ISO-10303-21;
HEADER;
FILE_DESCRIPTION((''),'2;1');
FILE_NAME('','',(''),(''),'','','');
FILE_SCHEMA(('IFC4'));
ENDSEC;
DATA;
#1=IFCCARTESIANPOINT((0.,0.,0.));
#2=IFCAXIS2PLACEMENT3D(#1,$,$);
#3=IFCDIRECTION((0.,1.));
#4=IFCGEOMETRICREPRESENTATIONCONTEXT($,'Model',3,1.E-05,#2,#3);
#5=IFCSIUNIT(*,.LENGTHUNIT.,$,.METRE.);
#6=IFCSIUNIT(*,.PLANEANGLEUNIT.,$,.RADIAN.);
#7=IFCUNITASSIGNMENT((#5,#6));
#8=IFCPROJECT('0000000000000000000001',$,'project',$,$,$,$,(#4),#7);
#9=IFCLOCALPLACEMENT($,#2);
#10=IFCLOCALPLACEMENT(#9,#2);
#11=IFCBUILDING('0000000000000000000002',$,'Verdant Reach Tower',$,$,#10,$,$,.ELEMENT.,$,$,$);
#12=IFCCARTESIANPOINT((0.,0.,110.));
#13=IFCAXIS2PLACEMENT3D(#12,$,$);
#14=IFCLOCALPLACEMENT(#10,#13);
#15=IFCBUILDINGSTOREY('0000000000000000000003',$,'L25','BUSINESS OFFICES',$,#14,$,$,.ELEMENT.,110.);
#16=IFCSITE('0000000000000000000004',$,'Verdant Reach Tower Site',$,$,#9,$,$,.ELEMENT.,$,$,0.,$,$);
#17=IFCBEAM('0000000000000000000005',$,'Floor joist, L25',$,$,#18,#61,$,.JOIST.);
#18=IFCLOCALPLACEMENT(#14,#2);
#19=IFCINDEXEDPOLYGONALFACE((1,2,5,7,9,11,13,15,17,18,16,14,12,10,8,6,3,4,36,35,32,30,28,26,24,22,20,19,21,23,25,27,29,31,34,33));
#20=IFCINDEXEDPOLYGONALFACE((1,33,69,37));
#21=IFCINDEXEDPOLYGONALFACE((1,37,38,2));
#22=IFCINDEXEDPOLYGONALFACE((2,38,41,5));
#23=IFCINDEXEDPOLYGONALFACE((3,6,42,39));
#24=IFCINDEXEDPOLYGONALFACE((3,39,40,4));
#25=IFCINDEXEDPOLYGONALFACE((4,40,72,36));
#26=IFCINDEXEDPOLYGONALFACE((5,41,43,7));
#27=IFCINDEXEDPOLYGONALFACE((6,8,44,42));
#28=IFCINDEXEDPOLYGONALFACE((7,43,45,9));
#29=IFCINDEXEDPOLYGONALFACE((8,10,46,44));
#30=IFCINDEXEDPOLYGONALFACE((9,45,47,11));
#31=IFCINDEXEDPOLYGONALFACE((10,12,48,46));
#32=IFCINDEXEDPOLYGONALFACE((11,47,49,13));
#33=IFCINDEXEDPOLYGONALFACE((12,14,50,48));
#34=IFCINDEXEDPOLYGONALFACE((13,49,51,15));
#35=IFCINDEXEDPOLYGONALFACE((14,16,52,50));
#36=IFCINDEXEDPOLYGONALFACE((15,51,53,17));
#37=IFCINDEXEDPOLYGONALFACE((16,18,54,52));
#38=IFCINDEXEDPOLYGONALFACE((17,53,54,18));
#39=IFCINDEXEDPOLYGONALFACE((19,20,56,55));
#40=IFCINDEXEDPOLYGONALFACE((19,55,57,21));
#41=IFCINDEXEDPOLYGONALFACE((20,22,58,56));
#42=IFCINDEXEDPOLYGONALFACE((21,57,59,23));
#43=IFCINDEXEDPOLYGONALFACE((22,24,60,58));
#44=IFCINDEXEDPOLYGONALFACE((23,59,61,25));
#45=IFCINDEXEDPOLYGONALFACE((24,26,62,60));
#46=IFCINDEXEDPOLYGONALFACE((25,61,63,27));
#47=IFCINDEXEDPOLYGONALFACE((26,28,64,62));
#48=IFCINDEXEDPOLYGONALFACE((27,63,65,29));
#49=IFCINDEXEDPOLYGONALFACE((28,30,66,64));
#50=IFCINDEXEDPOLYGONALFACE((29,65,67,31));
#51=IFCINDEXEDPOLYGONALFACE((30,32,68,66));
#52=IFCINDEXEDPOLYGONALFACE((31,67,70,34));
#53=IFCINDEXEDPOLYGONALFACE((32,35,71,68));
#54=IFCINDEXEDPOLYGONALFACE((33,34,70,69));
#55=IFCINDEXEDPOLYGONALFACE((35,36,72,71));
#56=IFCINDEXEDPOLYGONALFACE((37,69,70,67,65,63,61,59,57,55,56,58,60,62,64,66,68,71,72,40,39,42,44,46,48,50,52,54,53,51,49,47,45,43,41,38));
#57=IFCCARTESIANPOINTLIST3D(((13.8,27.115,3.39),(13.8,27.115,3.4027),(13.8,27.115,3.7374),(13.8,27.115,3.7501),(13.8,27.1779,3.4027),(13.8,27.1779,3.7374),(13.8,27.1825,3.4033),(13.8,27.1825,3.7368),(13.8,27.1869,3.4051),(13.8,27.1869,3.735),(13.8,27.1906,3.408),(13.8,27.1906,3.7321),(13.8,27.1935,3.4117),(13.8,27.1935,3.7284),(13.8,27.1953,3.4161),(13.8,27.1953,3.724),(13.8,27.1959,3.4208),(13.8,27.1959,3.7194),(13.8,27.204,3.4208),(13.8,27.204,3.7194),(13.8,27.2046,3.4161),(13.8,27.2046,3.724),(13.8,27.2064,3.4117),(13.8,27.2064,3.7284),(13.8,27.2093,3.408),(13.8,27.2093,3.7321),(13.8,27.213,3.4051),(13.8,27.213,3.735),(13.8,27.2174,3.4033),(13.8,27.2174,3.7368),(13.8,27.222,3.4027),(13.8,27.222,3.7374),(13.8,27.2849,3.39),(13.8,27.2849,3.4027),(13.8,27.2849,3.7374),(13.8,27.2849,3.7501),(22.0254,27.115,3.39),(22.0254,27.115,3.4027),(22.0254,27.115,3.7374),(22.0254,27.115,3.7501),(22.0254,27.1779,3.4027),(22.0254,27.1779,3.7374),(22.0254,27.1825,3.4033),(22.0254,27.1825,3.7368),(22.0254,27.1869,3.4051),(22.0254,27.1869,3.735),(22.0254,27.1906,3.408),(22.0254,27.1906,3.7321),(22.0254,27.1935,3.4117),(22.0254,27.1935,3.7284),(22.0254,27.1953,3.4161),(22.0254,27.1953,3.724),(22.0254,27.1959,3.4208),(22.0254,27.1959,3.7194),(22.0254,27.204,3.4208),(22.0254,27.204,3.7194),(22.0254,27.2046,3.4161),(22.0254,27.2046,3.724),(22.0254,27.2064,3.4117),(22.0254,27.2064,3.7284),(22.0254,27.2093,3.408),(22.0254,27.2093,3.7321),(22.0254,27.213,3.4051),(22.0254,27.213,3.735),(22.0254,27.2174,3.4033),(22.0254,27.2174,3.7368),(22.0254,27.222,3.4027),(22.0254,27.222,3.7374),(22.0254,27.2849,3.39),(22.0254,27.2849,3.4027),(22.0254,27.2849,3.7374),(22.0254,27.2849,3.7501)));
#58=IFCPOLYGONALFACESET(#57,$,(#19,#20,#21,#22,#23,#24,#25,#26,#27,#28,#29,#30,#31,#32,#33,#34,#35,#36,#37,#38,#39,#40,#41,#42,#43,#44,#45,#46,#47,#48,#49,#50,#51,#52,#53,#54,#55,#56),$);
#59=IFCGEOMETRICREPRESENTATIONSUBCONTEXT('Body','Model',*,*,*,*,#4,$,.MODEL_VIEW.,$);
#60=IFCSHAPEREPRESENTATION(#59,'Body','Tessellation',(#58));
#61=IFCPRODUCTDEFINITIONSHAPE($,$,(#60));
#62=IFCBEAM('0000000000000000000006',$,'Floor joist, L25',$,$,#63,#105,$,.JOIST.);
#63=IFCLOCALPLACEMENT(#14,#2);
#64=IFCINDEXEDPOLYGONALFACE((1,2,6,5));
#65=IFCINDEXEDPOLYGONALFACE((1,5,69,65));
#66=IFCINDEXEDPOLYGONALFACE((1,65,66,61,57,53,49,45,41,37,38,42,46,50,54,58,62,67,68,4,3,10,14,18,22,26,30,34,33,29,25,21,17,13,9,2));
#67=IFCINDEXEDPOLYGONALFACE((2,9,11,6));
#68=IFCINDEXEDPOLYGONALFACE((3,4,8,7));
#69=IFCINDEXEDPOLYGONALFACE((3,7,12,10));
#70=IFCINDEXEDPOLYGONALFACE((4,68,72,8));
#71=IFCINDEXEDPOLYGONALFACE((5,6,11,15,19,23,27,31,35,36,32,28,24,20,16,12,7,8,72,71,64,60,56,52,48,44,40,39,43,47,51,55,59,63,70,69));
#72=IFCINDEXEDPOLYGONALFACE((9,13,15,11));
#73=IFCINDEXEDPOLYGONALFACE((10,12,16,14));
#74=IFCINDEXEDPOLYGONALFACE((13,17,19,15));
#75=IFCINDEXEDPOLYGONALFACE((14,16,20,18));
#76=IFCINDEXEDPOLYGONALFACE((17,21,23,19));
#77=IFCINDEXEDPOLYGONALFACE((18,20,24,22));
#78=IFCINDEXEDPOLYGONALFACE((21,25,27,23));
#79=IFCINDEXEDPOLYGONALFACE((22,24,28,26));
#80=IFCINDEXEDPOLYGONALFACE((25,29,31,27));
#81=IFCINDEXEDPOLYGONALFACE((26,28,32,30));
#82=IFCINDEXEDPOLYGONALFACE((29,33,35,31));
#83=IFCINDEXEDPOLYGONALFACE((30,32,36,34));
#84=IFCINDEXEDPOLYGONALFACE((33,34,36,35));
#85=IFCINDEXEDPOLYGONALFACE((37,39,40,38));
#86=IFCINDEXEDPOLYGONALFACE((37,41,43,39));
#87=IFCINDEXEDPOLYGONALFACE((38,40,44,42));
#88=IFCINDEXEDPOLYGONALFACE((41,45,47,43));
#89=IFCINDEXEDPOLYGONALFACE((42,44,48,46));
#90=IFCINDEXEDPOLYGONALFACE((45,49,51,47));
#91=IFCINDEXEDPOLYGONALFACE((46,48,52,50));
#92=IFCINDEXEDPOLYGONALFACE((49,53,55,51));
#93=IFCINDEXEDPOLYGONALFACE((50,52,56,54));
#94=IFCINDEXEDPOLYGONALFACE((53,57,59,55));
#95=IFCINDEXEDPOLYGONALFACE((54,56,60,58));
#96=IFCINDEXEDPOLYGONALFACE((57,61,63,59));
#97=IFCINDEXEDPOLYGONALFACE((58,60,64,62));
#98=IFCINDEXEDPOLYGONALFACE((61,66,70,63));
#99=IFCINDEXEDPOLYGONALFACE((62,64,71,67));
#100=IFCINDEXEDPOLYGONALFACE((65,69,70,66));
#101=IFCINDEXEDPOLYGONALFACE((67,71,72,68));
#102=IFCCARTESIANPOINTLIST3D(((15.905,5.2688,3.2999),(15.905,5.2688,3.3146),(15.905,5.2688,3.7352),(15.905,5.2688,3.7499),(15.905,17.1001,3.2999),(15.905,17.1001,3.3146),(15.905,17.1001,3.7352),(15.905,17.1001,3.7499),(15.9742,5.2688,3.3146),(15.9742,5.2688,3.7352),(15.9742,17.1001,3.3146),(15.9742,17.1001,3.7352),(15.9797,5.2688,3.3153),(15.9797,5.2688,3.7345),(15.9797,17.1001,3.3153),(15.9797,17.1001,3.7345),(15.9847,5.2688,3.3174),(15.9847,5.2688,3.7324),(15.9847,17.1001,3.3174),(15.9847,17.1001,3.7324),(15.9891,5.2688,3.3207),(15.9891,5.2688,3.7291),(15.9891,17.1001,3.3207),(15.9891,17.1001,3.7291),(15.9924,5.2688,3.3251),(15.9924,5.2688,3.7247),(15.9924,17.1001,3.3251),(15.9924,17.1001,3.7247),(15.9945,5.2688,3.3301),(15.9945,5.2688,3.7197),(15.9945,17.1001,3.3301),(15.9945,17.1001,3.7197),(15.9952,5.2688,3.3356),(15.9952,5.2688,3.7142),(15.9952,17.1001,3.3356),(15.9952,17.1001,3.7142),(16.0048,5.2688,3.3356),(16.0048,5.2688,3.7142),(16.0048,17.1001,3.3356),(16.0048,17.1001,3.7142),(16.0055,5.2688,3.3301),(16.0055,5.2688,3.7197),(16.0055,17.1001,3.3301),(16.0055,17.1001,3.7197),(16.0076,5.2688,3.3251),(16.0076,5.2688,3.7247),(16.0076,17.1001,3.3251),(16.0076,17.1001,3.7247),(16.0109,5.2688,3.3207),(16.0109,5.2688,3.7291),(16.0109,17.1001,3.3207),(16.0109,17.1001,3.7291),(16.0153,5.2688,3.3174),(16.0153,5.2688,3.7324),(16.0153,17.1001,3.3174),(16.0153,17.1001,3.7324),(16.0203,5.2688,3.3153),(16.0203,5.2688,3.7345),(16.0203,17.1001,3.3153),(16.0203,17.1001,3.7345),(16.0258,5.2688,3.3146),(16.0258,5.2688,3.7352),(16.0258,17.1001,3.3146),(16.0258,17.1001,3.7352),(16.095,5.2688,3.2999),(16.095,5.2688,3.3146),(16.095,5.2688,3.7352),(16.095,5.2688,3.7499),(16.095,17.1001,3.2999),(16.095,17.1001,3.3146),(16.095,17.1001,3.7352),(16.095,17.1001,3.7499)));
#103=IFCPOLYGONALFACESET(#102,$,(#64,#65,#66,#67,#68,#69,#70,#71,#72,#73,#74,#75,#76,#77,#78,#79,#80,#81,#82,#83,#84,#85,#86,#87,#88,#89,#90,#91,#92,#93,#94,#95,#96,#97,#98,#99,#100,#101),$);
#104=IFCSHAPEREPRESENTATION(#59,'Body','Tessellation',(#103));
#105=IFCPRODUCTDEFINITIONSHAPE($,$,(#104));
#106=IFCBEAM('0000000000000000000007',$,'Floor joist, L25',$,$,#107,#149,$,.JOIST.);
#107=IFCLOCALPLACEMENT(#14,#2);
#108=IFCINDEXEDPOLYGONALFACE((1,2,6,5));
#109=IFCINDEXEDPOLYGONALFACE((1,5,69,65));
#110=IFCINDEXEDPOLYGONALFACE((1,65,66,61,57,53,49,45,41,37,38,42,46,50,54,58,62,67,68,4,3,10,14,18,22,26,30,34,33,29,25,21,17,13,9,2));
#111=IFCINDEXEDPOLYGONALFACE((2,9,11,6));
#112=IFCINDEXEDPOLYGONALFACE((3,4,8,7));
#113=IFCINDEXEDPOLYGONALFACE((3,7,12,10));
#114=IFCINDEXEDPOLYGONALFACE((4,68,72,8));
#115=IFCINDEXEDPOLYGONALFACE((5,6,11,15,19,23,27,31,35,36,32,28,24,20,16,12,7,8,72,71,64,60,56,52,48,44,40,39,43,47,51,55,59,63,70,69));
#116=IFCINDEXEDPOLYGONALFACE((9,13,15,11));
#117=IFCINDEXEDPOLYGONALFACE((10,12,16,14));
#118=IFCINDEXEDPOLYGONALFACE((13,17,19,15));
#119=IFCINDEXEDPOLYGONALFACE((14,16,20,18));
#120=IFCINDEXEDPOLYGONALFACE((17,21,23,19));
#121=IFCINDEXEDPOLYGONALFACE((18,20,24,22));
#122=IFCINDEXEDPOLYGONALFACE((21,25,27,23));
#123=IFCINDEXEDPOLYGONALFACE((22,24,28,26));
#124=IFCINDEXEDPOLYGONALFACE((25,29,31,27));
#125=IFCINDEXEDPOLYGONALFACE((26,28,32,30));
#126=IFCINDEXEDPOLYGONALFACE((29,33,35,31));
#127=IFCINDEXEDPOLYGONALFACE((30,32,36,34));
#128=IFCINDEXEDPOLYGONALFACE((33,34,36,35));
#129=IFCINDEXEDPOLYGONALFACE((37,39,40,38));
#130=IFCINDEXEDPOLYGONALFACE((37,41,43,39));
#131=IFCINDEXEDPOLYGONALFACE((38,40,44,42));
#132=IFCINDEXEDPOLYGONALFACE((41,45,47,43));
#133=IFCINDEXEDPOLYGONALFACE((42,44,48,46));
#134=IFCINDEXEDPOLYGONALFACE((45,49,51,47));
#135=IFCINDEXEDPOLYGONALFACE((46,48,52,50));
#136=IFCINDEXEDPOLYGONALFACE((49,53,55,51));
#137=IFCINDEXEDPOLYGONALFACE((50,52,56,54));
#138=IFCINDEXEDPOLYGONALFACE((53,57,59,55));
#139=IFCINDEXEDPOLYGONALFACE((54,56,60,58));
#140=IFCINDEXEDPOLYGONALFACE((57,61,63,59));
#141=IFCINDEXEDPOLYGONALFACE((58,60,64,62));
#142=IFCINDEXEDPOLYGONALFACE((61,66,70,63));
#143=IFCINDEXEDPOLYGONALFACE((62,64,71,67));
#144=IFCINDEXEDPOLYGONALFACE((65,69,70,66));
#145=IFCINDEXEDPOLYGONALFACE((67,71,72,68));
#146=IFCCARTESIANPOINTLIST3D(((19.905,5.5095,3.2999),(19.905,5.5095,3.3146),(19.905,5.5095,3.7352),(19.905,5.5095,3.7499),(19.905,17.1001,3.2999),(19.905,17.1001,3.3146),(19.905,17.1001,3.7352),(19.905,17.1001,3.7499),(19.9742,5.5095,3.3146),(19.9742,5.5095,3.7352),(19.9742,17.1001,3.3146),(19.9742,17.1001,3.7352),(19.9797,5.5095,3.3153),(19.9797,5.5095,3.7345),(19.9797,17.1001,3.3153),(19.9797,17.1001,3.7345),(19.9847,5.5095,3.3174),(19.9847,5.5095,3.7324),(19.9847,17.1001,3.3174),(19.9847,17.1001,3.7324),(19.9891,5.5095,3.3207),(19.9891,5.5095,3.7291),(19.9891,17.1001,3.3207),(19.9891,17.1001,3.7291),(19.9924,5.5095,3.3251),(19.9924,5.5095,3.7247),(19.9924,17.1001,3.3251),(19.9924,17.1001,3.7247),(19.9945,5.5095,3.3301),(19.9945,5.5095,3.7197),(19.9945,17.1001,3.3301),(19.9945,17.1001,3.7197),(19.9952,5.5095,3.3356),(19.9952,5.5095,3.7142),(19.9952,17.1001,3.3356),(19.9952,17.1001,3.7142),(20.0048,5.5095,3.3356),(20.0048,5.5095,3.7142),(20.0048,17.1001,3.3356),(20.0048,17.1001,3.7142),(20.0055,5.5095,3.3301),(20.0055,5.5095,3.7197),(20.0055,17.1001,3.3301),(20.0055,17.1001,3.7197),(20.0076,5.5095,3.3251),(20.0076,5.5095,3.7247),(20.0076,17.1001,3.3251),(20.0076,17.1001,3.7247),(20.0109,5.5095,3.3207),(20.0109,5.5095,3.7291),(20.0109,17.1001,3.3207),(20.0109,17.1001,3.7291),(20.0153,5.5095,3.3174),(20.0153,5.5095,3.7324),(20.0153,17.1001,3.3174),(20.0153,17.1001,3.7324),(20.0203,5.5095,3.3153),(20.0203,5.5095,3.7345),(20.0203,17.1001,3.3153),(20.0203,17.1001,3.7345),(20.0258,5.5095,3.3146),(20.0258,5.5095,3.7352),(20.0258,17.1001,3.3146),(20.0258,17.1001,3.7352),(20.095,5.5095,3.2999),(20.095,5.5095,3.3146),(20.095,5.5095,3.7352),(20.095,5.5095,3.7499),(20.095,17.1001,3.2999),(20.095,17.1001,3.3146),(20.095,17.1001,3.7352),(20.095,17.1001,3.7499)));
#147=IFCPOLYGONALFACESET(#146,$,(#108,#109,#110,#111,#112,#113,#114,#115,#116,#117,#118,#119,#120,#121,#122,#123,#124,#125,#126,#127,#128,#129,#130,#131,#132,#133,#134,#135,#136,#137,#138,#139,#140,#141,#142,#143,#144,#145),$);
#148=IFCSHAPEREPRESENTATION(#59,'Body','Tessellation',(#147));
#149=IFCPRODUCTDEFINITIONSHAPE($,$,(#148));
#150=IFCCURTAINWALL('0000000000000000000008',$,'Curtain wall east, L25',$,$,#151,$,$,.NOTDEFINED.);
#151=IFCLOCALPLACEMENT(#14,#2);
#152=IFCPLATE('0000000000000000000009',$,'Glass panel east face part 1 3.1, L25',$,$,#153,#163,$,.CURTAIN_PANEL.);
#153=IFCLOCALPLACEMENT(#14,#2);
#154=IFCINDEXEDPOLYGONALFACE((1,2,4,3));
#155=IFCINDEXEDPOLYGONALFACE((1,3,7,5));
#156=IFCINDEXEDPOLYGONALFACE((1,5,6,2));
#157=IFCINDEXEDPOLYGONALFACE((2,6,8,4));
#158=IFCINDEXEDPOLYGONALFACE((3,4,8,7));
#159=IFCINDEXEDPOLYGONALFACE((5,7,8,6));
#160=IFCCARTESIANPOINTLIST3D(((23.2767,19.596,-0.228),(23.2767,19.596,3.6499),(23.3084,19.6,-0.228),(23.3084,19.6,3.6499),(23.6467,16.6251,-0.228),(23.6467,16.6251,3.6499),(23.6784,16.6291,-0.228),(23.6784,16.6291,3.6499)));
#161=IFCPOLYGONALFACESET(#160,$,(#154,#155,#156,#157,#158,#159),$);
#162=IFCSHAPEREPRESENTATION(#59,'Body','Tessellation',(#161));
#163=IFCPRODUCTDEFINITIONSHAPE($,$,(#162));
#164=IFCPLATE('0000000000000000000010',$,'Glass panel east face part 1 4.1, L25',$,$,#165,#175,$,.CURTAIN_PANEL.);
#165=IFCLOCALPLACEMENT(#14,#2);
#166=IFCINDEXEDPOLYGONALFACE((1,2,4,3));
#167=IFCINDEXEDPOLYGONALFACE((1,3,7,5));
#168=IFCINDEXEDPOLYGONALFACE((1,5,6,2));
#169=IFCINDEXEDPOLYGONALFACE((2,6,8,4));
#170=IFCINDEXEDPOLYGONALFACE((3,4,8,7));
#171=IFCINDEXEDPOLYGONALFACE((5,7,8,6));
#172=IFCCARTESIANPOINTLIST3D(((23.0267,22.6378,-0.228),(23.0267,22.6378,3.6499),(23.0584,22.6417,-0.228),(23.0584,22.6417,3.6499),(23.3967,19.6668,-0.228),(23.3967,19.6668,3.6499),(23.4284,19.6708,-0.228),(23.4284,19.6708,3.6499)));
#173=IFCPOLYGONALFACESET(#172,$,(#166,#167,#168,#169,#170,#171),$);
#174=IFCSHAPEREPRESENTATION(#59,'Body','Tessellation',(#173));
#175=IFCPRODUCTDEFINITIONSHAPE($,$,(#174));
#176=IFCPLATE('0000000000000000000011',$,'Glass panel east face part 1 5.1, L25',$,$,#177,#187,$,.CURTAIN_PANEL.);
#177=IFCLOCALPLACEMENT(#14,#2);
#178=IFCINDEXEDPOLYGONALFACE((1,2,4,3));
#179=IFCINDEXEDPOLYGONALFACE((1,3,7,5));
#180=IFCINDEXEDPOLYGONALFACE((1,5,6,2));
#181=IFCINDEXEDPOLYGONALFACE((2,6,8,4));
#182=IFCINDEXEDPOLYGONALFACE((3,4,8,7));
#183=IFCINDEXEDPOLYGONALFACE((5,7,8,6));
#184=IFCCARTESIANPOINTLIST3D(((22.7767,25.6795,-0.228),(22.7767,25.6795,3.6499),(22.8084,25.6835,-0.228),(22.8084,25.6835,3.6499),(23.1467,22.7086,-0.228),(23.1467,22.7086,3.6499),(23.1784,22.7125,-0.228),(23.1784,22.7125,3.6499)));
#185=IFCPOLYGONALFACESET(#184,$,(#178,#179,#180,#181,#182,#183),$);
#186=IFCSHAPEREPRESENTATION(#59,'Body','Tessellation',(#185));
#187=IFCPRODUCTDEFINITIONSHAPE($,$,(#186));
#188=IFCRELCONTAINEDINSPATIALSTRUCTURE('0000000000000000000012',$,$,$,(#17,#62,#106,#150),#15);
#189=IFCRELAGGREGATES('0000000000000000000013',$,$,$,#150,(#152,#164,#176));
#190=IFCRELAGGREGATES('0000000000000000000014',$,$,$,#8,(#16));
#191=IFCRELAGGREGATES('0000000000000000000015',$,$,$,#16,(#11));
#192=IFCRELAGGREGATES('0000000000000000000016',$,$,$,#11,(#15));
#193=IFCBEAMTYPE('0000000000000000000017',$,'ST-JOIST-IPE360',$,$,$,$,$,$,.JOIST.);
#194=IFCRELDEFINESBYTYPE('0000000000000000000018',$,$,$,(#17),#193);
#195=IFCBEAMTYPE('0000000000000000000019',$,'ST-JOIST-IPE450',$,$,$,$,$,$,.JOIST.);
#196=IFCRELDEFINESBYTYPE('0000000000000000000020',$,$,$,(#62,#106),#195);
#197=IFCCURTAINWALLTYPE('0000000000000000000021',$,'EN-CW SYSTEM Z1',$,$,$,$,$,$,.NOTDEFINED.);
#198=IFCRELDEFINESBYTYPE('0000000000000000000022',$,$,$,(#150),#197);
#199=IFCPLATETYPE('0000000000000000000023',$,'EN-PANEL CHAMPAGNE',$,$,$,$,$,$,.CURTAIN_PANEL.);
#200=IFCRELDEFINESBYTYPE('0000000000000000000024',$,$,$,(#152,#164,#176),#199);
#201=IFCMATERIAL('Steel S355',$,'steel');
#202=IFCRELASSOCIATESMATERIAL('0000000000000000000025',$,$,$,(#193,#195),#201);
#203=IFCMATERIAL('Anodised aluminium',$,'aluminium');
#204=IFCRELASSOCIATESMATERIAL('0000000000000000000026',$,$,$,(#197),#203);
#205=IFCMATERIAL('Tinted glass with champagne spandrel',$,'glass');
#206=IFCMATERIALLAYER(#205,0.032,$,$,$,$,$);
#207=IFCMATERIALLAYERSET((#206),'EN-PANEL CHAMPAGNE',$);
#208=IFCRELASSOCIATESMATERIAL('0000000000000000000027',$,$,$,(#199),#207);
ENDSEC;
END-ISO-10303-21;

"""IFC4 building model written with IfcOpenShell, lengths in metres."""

from ifc_helpers import new_model, si_unit, direction, frame, origin, origin_2d, place, context, subcontext, project, spatial, rectangle, i_section, extrude, material, layer, layer_set, material_profile, profile_set, type_object, element, aggregate, save


model = new_model("IFC4")

# Units and contexts
model_context = context("Model", 3, precision=1e-05, world=origin(), true_north=direction((0.0, 1.0)))
body_context = subcontext(model_context, "Body", "Model", "MODEL_VIEW")
ifc_project = project(units=[si_unit("LENGTHUNIT", "METRE"), si_unit("PLANEANGLEUNIT", "RADIAN")], contexts=[model_context])

# Site, building, storey
site_placement = place(None, origin())
site = spatial("IfcSite", under=ifc_project, at=site_placement, Name="Verdant Reach Tower Site", CompositionType="ELEMENT", RefElevation=0.0)
building_placement = place(site_placement, origin())
building = spatial("IfcBuilding", under=site, at=building_placement, Name="Verdant Reach Tower", CompositionType="ELEMENT")
storey_placement = place(building_placement, frame((0.0, 0.0, 110.0)))
storey = spatial("IfcBuildingStorey", under=building, at=storey_placement, Name="L25", Description="BUSINESS OFFICES", CompositionType="ELEMENT", Elevation=110.0)

# Beams
ifc_material_1 = material(Name="Steel S355", Category="steel")
ifc_material_profile_1 = material_profile(ifc_material_1, i_section(OverallWidth=0.1699, OverallDepth=0.3601, WebThickness=0.0081, FlangeThickness=0.0127, FilletRadius=0.0181, at=origin_2d()), Name="IPE 360")
ifc_profile_set_1 = profile_set([ifc_material_profile_1], Name="Steel S355")
beam_type_1 = type_object("IfcBeamType", Name="ST-JOIST-IPE360", PredefinedType="JOIST", material=ifc_profile_set_1)
beam_1_placement = place(storey_placement, frame((13.8, 27.2, 3.5701), z_axis=(1.0, 0.0, 0.0), x_axis=(0.0, 1.0, 0.0)))
element("IfcBeam", 1, at=beam_1_placement, inside=storey, type_object=beam_type_1, Name="Floor joist, L25", PredefinedType="JOIST", context=body_context, shape_type="SweptSolid", body=[
    extrude(i_section(OverallWidth=0.1699, OverallDepth=0.3601, WebThickness=0.0081, FlangeThickness=0.0127, FilletRadius=0.0181, at=origin_2d()), origin(), (0.0, 0.0, 1.0), 8.2253),
])
ifc_material_profile_2 = material_profile(ifc_material_1, i_section(OverallWidth=0.1899, OverallDepth=0.45, WebThickness=0.0095, FlangeThickness=0.0146, FilletRadius=0.021, at=origin_2d()), Name="IPE 450")
ifc_profile_set_2 = profile_set([ifc_material_profile_2], Name="Steel S355")
beam_type_2 = type_object("IfcBeamType", Name="ST-JOIST-IPE450", PredefinedType="JOIST", material=ifc_profile_set_2)
beam_2_placement = place(storey_placement, frame((16.0, 17.1001, 3.5249), z_axis=(0.0, -1.0, 0.0), x_axis=(1.0, 0.0, 0.0)))
element("IfcBeam", 2, at=beam_2_placement, inside=storey, type_object=beam_type_2, Name="Floor joist, L25", PredefinedType="JOIST", context=body_context, shape_type="SweptSolid", body=[
    extrude(i_section(OverallWidth=0.1899, OverallDepth=0.45, WebThickness=0.0095, FlangeThickness=0.0146, FilletRadius=0.021, at=origin_2d()), origin(), (0.0, 0.0, 1.0), 11.8313),
])
beam_3_placement = place(storey_placement, frame((20.0, 17.1001, 3.5249), z_axis=(0.0, -1.0, 0.0), x_axis=(1.0, 0.0, 0.0)))
element("IfcBeam", 3, at=beam_3_placement, inside=storey, type_object=beam_type_2, Name="Floor joist, L25", PredefinedType="JOIST", context=body_context, shape_type="SweptSolid", body=[
    extrude(i_section(OverallWidth=0.1899, OverallDepth=0.45, WebThickness=0.0095, FlangeThickness=0.0146, FilletRadius=0.021, at=origin_2d()), origin(), (0.0, 0.0, 1.0), 11.5906),
])

# Curtain wall, plates
ifc_material_2 = material(Name="Anodised aluminium", Category="aluminium")
curtain_wall_type = type_object("IfcCurtainWallType", Name="EN-CW SYSTEM Z1", PredefinedType="NOTDEFINED", material=ifc_material_2)
curtain_wall_placement = place(storey_placement, origin())
curtain_wall = element("IfcCurtainWall", 4, at=curtain_wall_placement, inside=storey, type_object=curtain_wall_type, Name="Curtain wall east, L25", PredefinedType="NOTDEFINED")
ifc_material_3 = material(Name="Tinted glass with champagne spandrel", Category="glass")
ifc_layer_1 = layer(ifc_material_3, 0.032)
ifc_layer_set_1 = layer_set([ifc_layer_1], Name="EN-PANEL CHAMPAGNE")
plate_type_1 = type_object("IfcPlateType", Name="EN-PANEL CHAMPAGNE", PredefinedType="CURTAIN_PANEL", material=ifc_layer_set_1)
plate_1_placement = place(storey_placement, frame((23.4775, 18.1125, -0.228), z_axis=(0.0, 0.0, 1.0), x_axis=(-0.123579, 0.992335, 0.0)))
plate_1 = element("IfcPlate", 5, at=plate_1_placement, type_object=plate_type_1, Name="Glass panel east face part 1 3.1, L25", PredefinedType="CURTAIN_PANEL", context=body_context, shape_type="SweptSolid", body=[
    extrude(rectangle(XDim=2.9939, YDim=0.032, at=origin_2d()), origin(), (0.0, 0.0, 1.0), 3.8779),
])
plate_2_placement = place(storey_placement, frame((23.2275, 21.1543, -0.228), z_axis=(0.0, 0.0, 1.0), x_axis=(-0.123579, 0.992335, 0.0)))
plate_2 = element("IfcPlate", 6, at=plate_2_placement, type_object=plate_type_1, Name="Glass panel east face part 1 4.1, L25", PredefinedType="CURTAIN_PANEL", context=body_context, shape_type="SweptSolid", body=[
    extrude(rectangle(XDim=2.9939, YDim=0.032, at=origin_2d()), origin(), (0.0, 0.0, 1.0), 3.8779),
])
plate_3_placement = place(storey_placement, frame((22.9775, 24.196, -0.228), z_axis=(0.0, 0.0, 1.0), x_axis=(-0.123579, 0.992335, 0.0)))
plate_3 = element("IfcPlate", 7, at=plate_3_placement, type_object=plate_type_1, Name="Glass panel east face part 1 5.1, L25", PredefinedType="CURTAIN_PANEL", context=body_context, shape_type="SweptSolid", body=[
    extrude(rectangle(XDim=2.9939, YDim=0.032, at=origin_2d()), origin(), (0.0, 0.0, 1.0), 3.8779),
])
aggregate(curtain_wall, [plate_1, plate_2, plate_3])

save(model, "model.ifc")
